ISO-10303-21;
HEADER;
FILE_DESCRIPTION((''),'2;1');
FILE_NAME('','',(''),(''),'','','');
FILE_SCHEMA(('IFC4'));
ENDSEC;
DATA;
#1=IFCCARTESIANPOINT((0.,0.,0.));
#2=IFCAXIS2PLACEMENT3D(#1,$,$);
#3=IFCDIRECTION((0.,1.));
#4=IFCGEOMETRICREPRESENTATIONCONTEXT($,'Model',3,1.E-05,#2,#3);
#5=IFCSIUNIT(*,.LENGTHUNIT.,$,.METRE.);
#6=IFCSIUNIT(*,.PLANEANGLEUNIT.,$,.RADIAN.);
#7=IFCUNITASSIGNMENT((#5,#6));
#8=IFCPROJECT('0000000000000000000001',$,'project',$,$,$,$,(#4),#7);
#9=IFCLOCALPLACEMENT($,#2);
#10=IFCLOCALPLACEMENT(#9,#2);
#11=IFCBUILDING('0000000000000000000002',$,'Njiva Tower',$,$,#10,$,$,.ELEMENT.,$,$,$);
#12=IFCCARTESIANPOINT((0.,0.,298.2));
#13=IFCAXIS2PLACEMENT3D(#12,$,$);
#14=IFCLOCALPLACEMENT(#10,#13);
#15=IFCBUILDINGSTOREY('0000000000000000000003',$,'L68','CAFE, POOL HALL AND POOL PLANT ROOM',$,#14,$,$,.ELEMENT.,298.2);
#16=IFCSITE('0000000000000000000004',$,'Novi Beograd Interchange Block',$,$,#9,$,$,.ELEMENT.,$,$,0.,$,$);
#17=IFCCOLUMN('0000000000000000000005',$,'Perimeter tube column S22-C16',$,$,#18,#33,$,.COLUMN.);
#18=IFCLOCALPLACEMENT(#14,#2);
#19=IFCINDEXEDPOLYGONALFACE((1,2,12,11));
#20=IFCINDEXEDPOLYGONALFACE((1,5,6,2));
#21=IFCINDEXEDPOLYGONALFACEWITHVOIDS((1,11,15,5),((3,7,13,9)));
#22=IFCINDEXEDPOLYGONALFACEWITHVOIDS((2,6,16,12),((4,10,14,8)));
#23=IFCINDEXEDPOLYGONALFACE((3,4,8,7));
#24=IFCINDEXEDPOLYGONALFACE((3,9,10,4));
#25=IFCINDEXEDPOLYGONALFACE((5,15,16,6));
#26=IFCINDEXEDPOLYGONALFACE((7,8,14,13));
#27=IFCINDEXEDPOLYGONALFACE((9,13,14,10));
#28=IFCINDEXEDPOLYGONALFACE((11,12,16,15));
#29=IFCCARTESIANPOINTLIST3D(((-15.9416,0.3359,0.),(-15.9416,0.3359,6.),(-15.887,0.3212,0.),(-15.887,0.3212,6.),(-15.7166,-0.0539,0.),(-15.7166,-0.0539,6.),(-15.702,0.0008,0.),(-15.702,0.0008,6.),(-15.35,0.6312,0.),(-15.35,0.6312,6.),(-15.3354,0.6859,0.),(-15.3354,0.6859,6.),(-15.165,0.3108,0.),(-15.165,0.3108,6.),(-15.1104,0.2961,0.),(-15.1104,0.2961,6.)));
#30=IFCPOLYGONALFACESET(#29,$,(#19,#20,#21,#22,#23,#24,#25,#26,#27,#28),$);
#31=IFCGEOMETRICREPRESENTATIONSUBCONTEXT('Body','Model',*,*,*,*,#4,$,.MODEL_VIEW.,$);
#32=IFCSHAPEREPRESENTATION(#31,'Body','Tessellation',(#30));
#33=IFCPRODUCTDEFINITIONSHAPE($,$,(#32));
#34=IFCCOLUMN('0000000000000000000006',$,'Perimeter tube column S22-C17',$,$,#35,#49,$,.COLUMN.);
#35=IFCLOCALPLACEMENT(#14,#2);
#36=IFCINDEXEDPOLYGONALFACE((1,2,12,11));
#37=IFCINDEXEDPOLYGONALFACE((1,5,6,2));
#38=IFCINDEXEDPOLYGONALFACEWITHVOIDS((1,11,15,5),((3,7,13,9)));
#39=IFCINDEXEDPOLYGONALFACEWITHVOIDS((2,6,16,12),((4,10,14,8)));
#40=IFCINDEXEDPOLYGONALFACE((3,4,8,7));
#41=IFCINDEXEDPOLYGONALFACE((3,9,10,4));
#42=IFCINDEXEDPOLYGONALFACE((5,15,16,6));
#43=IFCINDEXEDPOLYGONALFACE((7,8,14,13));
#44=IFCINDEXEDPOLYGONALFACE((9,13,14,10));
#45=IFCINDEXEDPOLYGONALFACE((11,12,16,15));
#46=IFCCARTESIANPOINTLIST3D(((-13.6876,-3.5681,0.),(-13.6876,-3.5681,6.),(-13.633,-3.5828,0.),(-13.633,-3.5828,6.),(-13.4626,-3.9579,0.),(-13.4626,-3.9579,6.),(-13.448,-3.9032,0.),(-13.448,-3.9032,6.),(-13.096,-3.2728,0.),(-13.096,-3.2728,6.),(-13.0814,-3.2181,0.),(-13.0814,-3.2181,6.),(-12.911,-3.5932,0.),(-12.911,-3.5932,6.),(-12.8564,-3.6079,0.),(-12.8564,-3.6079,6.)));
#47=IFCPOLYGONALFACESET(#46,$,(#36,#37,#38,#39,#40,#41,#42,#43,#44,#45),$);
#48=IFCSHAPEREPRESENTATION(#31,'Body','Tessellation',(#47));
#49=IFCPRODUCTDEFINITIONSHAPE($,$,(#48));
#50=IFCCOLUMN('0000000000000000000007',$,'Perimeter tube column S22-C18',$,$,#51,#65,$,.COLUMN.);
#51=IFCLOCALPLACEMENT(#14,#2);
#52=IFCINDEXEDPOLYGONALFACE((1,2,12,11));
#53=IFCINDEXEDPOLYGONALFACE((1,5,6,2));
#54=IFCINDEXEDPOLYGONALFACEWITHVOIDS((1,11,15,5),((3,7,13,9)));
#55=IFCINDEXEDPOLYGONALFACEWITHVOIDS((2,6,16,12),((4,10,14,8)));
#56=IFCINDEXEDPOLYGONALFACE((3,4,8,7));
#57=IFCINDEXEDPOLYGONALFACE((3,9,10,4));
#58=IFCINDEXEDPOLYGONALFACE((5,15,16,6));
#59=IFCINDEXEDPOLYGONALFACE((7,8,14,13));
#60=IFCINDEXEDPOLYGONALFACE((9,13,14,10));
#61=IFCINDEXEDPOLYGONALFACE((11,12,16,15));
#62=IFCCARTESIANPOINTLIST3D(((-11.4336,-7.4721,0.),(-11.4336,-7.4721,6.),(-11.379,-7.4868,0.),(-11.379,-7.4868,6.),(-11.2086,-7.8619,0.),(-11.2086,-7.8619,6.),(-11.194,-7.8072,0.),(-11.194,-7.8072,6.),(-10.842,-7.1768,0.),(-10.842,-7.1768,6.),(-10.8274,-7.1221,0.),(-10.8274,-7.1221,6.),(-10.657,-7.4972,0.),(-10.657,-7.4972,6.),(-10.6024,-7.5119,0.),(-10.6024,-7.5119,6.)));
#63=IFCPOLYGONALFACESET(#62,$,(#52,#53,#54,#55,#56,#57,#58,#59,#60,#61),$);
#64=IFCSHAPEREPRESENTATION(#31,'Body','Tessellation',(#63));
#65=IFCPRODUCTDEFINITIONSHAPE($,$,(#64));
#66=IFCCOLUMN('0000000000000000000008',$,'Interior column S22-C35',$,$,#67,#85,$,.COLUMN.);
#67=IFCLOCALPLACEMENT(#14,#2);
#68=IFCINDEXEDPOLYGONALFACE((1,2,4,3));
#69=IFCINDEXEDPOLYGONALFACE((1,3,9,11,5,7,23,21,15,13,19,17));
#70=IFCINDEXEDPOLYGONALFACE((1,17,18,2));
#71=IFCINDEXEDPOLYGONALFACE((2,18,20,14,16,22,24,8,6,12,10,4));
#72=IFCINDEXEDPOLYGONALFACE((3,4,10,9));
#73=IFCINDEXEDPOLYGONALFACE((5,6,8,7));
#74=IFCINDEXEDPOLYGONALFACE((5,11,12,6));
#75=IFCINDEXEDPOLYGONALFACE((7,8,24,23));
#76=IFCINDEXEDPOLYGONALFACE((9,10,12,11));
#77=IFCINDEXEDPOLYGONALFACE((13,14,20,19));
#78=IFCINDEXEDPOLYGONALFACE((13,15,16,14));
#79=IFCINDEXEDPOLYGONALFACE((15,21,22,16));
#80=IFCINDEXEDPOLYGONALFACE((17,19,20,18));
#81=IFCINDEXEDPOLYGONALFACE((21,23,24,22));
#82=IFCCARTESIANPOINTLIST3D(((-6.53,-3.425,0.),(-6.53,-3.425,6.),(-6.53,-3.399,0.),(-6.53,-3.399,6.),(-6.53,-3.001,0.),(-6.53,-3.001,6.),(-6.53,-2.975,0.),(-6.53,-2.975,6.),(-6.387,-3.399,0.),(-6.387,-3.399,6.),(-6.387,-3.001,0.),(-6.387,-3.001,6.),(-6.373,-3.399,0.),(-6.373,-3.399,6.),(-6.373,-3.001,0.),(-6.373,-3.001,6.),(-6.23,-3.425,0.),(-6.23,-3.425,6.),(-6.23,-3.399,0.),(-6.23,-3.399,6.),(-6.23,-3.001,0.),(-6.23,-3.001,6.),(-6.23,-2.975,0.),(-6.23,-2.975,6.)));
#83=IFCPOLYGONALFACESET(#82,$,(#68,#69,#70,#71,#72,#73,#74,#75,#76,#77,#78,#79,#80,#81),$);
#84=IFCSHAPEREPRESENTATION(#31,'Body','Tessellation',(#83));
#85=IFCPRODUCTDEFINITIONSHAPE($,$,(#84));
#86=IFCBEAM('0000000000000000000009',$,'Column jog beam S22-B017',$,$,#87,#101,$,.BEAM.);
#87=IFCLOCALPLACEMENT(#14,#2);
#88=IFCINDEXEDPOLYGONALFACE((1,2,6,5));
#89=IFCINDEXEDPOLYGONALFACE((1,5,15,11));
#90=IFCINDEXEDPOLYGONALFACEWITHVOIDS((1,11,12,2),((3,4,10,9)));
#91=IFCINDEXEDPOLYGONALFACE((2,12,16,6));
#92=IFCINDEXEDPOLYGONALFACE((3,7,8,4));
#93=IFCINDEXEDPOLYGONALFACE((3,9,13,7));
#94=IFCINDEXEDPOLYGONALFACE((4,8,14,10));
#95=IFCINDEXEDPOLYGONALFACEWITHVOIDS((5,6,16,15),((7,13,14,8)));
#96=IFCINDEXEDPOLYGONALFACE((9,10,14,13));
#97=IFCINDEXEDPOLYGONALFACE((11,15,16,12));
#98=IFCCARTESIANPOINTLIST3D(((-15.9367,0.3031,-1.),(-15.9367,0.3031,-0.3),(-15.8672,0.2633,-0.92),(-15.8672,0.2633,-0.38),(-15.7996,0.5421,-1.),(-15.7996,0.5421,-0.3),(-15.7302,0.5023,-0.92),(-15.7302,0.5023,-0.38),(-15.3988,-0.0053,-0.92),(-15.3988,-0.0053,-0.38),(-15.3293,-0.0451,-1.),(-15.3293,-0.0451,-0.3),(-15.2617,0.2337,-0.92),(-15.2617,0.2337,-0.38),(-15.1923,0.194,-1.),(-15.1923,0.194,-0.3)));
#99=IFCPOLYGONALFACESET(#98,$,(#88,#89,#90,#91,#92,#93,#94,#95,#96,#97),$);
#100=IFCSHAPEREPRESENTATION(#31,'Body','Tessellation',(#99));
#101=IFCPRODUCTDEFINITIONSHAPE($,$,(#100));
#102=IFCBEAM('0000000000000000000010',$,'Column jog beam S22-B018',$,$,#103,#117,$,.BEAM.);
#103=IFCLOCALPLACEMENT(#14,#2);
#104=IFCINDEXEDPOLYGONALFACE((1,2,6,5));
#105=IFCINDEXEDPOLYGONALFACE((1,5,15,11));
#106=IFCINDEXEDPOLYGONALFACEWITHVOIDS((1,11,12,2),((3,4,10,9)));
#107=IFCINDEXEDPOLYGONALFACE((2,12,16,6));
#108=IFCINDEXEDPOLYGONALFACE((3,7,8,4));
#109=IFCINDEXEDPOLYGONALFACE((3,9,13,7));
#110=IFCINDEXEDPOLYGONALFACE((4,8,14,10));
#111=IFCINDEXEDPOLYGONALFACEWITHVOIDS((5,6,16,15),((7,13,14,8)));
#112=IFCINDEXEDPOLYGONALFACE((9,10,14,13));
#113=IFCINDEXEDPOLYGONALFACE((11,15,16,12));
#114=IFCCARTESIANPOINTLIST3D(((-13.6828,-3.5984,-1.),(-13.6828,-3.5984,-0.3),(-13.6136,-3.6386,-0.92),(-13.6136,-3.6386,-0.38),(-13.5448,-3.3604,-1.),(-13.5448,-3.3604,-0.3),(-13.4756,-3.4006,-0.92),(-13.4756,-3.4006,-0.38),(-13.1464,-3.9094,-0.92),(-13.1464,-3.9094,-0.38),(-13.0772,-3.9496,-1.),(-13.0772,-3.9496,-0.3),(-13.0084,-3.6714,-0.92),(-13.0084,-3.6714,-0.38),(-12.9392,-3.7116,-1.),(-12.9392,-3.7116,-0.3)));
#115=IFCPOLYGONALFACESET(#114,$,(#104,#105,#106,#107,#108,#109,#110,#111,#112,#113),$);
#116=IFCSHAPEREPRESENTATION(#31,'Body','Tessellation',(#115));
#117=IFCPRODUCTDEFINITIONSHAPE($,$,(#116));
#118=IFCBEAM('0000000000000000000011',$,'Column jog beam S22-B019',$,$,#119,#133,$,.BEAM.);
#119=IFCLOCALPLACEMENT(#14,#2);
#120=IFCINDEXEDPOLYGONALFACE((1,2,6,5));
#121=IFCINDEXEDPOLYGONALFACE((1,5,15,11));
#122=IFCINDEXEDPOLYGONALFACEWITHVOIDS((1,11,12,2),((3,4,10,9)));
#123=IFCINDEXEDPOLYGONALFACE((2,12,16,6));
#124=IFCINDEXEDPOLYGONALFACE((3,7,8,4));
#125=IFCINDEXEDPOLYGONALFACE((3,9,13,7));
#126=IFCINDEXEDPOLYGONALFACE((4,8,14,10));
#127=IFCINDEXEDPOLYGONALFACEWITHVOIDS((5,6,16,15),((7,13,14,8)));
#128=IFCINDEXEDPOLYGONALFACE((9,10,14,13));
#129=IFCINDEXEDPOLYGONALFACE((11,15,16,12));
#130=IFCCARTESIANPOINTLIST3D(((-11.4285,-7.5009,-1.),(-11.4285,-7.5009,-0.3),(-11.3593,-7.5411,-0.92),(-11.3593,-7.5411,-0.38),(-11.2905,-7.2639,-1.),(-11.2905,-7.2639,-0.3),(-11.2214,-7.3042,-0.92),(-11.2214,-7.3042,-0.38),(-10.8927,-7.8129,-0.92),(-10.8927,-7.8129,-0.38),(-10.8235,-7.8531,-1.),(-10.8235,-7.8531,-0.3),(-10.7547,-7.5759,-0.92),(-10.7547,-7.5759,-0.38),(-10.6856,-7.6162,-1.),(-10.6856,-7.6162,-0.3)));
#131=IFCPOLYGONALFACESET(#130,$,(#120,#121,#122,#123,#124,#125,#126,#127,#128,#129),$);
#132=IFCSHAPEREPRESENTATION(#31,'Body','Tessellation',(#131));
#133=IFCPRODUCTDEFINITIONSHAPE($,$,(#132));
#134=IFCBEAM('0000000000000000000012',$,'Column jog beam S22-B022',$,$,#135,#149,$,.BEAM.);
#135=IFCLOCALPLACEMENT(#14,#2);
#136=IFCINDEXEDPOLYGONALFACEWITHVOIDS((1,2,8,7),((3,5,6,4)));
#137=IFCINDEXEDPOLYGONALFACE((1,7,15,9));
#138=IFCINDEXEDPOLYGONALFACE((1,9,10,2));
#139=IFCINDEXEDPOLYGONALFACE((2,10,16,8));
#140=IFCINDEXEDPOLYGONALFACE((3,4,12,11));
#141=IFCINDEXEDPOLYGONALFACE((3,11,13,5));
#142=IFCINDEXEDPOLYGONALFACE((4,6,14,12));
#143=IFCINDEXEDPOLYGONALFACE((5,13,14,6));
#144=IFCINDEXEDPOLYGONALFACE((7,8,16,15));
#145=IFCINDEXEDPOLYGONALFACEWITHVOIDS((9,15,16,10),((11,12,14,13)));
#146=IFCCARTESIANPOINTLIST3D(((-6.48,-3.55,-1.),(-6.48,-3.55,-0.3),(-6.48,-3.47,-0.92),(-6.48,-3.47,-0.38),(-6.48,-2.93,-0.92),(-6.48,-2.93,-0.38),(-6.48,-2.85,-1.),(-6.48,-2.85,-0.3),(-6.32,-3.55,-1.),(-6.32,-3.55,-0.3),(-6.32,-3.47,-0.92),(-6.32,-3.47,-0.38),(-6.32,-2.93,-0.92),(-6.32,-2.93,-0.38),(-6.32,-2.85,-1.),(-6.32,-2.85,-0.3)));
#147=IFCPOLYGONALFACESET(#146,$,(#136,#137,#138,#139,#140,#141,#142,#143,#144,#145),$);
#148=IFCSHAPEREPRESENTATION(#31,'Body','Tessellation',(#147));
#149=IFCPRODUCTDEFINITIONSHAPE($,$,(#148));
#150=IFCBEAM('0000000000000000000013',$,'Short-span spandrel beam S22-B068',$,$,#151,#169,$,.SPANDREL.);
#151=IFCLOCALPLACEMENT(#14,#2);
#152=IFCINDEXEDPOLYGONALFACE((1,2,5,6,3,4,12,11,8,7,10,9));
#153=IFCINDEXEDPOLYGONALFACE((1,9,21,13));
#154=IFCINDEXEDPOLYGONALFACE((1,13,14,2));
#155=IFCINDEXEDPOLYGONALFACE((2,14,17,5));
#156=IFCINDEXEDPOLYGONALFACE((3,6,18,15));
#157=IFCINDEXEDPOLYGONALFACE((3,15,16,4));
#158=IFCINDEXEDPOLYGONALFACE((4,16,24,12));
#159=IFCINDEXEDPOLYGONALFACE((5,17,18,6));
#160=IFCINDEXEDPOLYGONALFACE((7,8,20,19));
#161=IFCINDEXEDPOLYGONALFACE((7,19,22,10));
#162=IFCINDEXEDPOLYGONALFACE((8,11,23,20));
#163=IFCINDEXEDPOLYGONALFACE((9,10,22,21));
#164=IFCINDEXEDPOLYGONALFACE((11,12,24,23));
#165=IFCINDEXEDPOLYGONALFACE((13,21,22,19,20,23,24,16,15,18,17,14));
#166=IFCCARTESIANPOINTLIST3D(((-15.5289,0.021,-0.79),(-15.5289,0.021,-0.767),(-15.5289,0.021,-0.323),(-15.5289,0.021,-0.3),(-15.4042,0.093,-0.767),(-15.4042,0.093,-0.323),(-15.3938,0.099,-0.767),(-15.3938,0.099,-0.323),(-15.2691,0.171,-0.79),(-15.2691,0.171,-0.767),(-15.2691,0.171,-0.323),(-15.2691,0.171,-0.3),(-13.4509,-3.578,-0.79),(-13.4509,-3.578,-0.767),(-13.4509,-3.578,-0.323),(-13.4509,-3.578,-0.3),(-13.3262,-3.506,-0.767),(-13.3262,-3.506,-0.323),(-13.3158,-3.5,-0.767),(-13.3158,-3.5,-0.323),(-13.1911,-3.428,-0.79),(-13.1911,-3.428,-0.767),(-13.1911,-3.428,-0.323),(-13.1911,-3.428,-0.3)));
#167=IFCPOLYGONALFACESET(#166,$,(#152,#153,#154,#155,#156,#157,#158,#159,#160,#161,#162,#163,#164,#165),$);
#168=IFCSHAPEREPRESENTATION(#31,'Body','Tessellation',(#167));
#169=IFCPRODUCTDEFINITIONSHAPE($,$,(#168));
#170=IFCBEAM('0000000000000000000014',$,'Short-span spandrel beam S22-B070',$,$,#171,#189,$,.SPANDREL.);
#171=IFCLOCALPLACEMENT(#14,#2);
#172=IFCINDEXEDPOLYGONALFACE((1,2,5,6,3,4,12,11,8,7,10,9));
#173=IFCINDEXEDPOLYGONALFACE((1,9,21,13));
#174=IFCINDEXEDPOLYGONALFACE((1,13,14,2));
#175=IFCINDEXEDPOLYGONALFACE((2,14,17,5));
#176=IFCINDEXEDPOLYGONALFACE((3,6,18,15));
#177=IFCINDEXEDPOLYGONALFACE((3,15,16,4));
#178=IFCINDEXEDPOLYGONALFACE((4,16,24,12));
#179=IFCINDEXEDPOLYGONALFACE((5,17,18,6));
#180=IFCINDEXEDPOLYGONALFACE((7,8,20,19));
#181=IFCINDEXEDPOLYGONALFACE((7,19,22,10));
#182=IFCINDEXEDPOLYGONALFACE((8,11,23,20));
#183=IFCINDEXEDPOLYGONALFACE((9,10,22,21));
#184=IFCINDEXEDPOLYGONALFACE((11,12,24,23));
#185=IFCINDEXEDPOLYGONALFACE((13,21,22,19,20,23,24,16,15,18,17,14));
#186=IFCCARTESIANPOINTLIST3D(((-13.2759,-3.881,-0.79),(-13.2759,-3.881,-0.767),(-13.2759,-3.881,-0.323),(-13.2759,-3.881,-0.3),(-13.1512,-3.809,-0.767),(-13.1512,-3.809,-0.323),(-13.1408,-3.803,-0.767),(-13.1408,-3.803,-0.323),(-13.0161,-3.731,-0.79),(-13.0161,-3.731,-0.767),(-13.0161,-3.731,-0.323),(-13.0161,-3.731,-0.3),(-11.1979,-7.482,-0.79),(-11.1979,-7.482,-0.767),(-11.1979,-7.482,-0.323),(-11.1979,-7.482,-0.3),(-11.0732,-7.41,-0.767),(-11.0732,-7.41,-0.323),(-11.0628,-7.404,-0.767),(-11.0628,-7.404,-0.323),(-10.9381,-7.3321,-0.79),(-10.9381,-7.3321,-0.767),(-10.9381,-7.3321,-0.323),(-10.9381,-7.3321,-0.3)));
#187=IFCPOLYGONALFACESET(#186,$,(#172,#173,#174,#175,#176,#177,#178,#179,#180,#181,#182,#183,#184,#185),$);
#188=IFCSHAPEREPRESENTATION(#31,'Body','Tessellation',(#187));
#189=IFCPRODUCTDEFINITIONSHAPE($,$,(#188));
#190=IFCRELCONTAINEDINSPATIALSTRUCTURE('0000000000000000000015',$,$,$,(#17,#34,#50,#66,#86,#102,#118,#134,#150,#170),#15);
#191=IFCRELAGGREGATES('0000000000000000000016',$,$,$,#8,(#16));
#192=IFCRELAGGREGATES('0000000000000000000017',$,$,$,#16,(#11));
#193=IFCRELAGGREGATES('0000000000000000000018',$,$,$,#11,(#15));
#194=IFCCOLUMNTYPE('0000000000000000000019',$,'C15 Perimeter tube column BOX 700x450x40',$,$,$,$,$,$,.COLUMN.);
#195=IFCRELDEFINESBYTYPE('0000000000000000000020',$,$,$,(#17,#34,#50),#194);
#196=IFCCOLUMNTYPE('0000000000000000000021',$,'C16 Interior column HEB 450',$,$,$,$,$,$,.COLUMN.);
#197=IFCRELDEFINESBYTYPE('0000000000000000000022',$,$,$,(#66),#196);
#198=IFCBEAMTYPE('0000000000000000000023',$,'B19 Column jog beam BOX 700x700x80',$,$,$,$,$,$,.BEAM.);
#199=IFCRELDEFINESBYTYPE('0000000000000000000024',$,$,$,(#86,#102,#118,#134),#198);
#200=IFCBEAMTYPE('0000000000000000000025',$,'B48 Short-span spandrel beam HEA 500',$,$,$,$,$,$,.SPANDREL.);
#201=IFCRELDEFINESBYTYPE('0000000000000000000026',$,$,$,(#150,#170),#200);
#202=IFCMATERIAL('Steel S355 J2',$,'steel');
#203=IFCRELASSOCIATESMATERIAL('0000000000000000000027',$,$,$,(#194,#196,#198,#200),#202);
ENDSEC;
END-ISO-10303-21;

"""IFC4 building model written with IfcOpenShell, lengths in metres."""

from ifc_helpers import new_model, si_unit, direction, frame, origin, origin_2d, place, context, subcontext, project, spatial, hollow_rectangle, i_section, extrude, material, material_profile, profile_set, type_object, element, save


model = new_model("IFC4")

# Units and contexts
model_context = context("Model", 3, precision=1e-05, world=origin(), true_north=direction((0.0, 1.0)))
body_context = subcontext(model_context, "Body", "Model", "MODEL_VIEW")
ifc_project = project(units=[si_unit("LENGTHUNIT", "METRE"), si_unit("PLANEANGLEUNIT", "RADIAN")], contexts=[model_context])

# Site, building, storey
site_placement = place(None, origin())
site = spatial("IfcSite", under=ifc_project, at=site_placement, Name="Novi Beograd Interchange Block", CompositionType="ELEMENT", RefElevation=0.0)
building_placement = place(site_placement, origin())
building = spatial("IfcBuilding", under=site, at=building_placement, Name="Njiva Tower", CompositionType="ELEMENT")
storey_placement = place(building_placement, frame((0.0, 0.0, 298.2)))
storey = spatial("IfcBuildingStorey", under=building, at=storey_placement, Name="L68", Description="CAFE, POOL HALL AND POOL PLANT ROOM", CompositionType="ELEMENT", Elevation=298.2)

# Columns
ifc_material_1 = material(Name="Steel S355 J2", Category="steel")
ifc_material_profile_1 = material_profile(ifc_material_1, hollow_rectangle(XDim=0.45, YDim=0.7, WallThickness=0.04, at=origin_2d()), Name="BOX 700x450x40")
ifc_profile_set_1 = profile_set([ifc_material_profile_1], Name="Steel S355 J2")
column_type_1 = type_object("IfcColumnType", Name="C15 Perimeter tube column BOX 700x450x40", PredefinedType="COLUMN", material=ifc_profile_set_1)
for number, where, z_axis, x_axis, name in (
    (1, (-15.526, 0.316, 0.0), (0.0, 0.0, 1.0), (0.5, -0.866025, 0.0), "Perimeter tube column S22-C16"),
    (2, (-13.272, -3.588, 0.0), (0.0, 0.0, 1.0), (0.5, -0.866025, 0.0), "Perimeter tube column S22-C17"),
    (3, (-11.018, -7.492, 0.0), (0.0, 0.0, 1.0), (0.5, -0.866025, 0.0), "Perimeter tube column S22-C18"),
):
    element("IfcColumn", number, at=place(storey_placement, frame(where, z_axis=z_axis, x_axis=x_axis)), inside=storey, type_object=column_type_1, Name=name, PredefinedType="COLUMN", context=body_context, shape_type="SweptSolid", body=[
        extrude(hollow_rectangle(XDim=0.45, YDim=0.7, WallThickness=0.04, at=origin_2d()), origin(), (0.0, 0.0, 1.0), 6.0),
    ])
ifc_material_profile_2 = material_profile(ifc_material_1, i_section(OverallWidth=0.3, OverallDepth=0.45, WebThickness=0.014, FlangeThickness=0.026, at=origin_2d()), Name="HEB 450")
ifc_profile_set_2 = profile_set([ifc_material_profile_2], Name="Steel S355 J2")
column_type_2 = type_object("IfcColumnType", Name="C16 Interior column HEB 450", PredefinedType="COLUMN", material=ifc_profile_set_2)
column_placement = place(storey_placement, frame((-6.38, -3.2, 0.0), z_axis=(0.0, 0.0, 1.0), x_axis=(1.0, 0.0, 0.0)))
element("IfcColumn", 4, at=column_placement, inside=storey, type_object=column_type_2, Name="Interior column S22-C35", PredefinedType="COLUMN", context=body_context, shape_type="SweptSolid", body=[
    extrude(i_section(OverallWidth=0.3, OverallDepth=0.45, WebThickness=0.014, FlangeThickness=0.026, at=origin_2d()), origin(), (0.0, 0.0, 1.0), 6.0),
])

# Beams
ifc_material_profile_3 = material_profile(ifc_material_1, hollow_rectangle(XDim=0.7, YDim=0.7, WallThickness=0.08, at=origin_2d()), Name="BOX 700x700x80")
ifc_profile_set_3 = profile_set([ifc_material_profile_3], Name="Steel S355 J2")
beam_type_1 = type_object("IfcBeamType", Name="B19 Column jog beam BOX 700x700x80", PredefinedType="BEAM", material=ifc_profile_set_3)
beam_1_placement = place(storey_placement, frame((-15.633, 0.129, -0.65), z_axis=(0.497311, 0.867572, 0.0), x_axis=(-0.867572, 0.497311, 0.0)))
element("IfcBeam", 5, at=beam_1_placement, inside=storey, type_object=beam_type_1, Name="Column jog beam S22-B017", PredefinedType="BEAM", context=body_context, shape_type="SweptSolid", body=[
    extrude(hollow_rectangle(XDim=0.7, YDim=0.7, WallThickness=0.08, at=origin_2d()), origin(), (0.0, 0.0, 1.0), 0.2755),
])
beam_2_placement = place(storey_placement, frame((-13.38, -3.774, -0.65), z_axis=(0.501609, 0.865094, 0.0), x_axis=(-0.865094, 0.501609, 0.0)))
element("IfcBeam", 6, at=beam_2_placement, inside=storey, type_object=beam_type_1, Name="Column jog beam S22-B018", PredefinedType="BEAM", context=body_context, shape_type="SweptSolid", body=[
    extrude(hollow_rectangle(XDim=0.7, YDim=0.7, WallThickness=0.08, at=origin_2d()), origin(), (0.0, 0.0, 1.0), 0.2751),
])
beam_3_placement = place(storey_placement, frame((-11.126, -7.677, -0.65), z_axis=(0.503191, 0.864175, 0.0), x_axis=(-0.864175, 0.503191, 0.0)))
element("IfcBeam", 7, at=beam_3_placement, inside=storey, type_object=beam_type_1, Name="Column jog beam S22-B019", PredefinedType="BEAM", context=body_context, shape_type="SweptSolid", body=[
    extrude(hollow_rectangle(XDim=0.7, YDim=0.7, WallThickness=0.08, at=origin_2d()), origin(), (0.0, 0.0, 1.0), 0.2742),
])
beam_4_placement = place(storey_placement, frame((-6.48, -3.2, -0.65), z_axis=(1.0, 0.0, 0.0), x_axis=(0.0, 1.0, 0.0)))
element("IfcBeam", 8, at=beam_4_placement, inside=storey, type_object=beam_type_1, Name="Column jog beam S22-B022", PredefinedType="BEAM", context=body_context, shape_type="SweptSolid", body=[
    extrude(hollow_rectangle(XDim=0.7, YDim=0.7, WallThickness=0.08, at=origin_2d()), origin(), (0.0, 0.0, 1.0), 0.16),
])
ifc_material_profile_4 = material_profile(ifc_material_1, i_section(OverallWidth=0.3, OverallDepth=0.49, WebThickness=0.012, FlangeThickness=0.023, at=origin_2d()), Name="HEA 500")
ifc_profile_set_4 = profile_set([ifc_material_profile_4], Name="Steel S355 J2")
beam_type_2 = type_object("IfcBeamType", Name="B48 Short-span spandrel beam HEA 500", PredefinedType="SPANDREL", material=ifc_profile_set_4)
beam_5_placement = place(storey_placement, frame((-15.399, 0.096, -0.545), z_axis=(0.500021, -0.866013, 0.0), x_axis=(0.866013, 0.500021, 0.0)))
element("IfcBeam", 9, at=beam_5_placement, inside=storey, type_object=beam_type_2, Name="Short-span spandrel beam S22-B068", PredefinedType="SPANDREL", context=body_context, shape_type="SweptSolid", body=[
    extrude(i_section(OverallWidth=0.3, OverallDepth=0.49, WebThickness=0.012, FlangeThickness=0.023, at=origin_2d()), origin(), (0.0, 0.0, 1.0), 4.1558),
])
beam_6_placement = place(storey_placement, frame((-13.146, -3.806, -0.545), z_axis=(0.499813, -0.866134, 0.0), x_axis=(0.866134, 0.499813, 0.0)))
element("IfcBeam", 10, at=beam_6_placement, inside=storey, type_object=beam_type_2, Name="Short-span spandrel beam S22-B070", PredefinedType="SPANDREL", context=body_context, shape_type="SweptSolid", body=[
    extrude(i_section(OverallWidth=0.3, OverallDepth=0.49, WebThickness=0.012, FlangeThickness=0.023, at=origin_2d()), origin(), (0.0, 0.0, 1.0), 4.1576),
])

save(model, "model.ifc")
